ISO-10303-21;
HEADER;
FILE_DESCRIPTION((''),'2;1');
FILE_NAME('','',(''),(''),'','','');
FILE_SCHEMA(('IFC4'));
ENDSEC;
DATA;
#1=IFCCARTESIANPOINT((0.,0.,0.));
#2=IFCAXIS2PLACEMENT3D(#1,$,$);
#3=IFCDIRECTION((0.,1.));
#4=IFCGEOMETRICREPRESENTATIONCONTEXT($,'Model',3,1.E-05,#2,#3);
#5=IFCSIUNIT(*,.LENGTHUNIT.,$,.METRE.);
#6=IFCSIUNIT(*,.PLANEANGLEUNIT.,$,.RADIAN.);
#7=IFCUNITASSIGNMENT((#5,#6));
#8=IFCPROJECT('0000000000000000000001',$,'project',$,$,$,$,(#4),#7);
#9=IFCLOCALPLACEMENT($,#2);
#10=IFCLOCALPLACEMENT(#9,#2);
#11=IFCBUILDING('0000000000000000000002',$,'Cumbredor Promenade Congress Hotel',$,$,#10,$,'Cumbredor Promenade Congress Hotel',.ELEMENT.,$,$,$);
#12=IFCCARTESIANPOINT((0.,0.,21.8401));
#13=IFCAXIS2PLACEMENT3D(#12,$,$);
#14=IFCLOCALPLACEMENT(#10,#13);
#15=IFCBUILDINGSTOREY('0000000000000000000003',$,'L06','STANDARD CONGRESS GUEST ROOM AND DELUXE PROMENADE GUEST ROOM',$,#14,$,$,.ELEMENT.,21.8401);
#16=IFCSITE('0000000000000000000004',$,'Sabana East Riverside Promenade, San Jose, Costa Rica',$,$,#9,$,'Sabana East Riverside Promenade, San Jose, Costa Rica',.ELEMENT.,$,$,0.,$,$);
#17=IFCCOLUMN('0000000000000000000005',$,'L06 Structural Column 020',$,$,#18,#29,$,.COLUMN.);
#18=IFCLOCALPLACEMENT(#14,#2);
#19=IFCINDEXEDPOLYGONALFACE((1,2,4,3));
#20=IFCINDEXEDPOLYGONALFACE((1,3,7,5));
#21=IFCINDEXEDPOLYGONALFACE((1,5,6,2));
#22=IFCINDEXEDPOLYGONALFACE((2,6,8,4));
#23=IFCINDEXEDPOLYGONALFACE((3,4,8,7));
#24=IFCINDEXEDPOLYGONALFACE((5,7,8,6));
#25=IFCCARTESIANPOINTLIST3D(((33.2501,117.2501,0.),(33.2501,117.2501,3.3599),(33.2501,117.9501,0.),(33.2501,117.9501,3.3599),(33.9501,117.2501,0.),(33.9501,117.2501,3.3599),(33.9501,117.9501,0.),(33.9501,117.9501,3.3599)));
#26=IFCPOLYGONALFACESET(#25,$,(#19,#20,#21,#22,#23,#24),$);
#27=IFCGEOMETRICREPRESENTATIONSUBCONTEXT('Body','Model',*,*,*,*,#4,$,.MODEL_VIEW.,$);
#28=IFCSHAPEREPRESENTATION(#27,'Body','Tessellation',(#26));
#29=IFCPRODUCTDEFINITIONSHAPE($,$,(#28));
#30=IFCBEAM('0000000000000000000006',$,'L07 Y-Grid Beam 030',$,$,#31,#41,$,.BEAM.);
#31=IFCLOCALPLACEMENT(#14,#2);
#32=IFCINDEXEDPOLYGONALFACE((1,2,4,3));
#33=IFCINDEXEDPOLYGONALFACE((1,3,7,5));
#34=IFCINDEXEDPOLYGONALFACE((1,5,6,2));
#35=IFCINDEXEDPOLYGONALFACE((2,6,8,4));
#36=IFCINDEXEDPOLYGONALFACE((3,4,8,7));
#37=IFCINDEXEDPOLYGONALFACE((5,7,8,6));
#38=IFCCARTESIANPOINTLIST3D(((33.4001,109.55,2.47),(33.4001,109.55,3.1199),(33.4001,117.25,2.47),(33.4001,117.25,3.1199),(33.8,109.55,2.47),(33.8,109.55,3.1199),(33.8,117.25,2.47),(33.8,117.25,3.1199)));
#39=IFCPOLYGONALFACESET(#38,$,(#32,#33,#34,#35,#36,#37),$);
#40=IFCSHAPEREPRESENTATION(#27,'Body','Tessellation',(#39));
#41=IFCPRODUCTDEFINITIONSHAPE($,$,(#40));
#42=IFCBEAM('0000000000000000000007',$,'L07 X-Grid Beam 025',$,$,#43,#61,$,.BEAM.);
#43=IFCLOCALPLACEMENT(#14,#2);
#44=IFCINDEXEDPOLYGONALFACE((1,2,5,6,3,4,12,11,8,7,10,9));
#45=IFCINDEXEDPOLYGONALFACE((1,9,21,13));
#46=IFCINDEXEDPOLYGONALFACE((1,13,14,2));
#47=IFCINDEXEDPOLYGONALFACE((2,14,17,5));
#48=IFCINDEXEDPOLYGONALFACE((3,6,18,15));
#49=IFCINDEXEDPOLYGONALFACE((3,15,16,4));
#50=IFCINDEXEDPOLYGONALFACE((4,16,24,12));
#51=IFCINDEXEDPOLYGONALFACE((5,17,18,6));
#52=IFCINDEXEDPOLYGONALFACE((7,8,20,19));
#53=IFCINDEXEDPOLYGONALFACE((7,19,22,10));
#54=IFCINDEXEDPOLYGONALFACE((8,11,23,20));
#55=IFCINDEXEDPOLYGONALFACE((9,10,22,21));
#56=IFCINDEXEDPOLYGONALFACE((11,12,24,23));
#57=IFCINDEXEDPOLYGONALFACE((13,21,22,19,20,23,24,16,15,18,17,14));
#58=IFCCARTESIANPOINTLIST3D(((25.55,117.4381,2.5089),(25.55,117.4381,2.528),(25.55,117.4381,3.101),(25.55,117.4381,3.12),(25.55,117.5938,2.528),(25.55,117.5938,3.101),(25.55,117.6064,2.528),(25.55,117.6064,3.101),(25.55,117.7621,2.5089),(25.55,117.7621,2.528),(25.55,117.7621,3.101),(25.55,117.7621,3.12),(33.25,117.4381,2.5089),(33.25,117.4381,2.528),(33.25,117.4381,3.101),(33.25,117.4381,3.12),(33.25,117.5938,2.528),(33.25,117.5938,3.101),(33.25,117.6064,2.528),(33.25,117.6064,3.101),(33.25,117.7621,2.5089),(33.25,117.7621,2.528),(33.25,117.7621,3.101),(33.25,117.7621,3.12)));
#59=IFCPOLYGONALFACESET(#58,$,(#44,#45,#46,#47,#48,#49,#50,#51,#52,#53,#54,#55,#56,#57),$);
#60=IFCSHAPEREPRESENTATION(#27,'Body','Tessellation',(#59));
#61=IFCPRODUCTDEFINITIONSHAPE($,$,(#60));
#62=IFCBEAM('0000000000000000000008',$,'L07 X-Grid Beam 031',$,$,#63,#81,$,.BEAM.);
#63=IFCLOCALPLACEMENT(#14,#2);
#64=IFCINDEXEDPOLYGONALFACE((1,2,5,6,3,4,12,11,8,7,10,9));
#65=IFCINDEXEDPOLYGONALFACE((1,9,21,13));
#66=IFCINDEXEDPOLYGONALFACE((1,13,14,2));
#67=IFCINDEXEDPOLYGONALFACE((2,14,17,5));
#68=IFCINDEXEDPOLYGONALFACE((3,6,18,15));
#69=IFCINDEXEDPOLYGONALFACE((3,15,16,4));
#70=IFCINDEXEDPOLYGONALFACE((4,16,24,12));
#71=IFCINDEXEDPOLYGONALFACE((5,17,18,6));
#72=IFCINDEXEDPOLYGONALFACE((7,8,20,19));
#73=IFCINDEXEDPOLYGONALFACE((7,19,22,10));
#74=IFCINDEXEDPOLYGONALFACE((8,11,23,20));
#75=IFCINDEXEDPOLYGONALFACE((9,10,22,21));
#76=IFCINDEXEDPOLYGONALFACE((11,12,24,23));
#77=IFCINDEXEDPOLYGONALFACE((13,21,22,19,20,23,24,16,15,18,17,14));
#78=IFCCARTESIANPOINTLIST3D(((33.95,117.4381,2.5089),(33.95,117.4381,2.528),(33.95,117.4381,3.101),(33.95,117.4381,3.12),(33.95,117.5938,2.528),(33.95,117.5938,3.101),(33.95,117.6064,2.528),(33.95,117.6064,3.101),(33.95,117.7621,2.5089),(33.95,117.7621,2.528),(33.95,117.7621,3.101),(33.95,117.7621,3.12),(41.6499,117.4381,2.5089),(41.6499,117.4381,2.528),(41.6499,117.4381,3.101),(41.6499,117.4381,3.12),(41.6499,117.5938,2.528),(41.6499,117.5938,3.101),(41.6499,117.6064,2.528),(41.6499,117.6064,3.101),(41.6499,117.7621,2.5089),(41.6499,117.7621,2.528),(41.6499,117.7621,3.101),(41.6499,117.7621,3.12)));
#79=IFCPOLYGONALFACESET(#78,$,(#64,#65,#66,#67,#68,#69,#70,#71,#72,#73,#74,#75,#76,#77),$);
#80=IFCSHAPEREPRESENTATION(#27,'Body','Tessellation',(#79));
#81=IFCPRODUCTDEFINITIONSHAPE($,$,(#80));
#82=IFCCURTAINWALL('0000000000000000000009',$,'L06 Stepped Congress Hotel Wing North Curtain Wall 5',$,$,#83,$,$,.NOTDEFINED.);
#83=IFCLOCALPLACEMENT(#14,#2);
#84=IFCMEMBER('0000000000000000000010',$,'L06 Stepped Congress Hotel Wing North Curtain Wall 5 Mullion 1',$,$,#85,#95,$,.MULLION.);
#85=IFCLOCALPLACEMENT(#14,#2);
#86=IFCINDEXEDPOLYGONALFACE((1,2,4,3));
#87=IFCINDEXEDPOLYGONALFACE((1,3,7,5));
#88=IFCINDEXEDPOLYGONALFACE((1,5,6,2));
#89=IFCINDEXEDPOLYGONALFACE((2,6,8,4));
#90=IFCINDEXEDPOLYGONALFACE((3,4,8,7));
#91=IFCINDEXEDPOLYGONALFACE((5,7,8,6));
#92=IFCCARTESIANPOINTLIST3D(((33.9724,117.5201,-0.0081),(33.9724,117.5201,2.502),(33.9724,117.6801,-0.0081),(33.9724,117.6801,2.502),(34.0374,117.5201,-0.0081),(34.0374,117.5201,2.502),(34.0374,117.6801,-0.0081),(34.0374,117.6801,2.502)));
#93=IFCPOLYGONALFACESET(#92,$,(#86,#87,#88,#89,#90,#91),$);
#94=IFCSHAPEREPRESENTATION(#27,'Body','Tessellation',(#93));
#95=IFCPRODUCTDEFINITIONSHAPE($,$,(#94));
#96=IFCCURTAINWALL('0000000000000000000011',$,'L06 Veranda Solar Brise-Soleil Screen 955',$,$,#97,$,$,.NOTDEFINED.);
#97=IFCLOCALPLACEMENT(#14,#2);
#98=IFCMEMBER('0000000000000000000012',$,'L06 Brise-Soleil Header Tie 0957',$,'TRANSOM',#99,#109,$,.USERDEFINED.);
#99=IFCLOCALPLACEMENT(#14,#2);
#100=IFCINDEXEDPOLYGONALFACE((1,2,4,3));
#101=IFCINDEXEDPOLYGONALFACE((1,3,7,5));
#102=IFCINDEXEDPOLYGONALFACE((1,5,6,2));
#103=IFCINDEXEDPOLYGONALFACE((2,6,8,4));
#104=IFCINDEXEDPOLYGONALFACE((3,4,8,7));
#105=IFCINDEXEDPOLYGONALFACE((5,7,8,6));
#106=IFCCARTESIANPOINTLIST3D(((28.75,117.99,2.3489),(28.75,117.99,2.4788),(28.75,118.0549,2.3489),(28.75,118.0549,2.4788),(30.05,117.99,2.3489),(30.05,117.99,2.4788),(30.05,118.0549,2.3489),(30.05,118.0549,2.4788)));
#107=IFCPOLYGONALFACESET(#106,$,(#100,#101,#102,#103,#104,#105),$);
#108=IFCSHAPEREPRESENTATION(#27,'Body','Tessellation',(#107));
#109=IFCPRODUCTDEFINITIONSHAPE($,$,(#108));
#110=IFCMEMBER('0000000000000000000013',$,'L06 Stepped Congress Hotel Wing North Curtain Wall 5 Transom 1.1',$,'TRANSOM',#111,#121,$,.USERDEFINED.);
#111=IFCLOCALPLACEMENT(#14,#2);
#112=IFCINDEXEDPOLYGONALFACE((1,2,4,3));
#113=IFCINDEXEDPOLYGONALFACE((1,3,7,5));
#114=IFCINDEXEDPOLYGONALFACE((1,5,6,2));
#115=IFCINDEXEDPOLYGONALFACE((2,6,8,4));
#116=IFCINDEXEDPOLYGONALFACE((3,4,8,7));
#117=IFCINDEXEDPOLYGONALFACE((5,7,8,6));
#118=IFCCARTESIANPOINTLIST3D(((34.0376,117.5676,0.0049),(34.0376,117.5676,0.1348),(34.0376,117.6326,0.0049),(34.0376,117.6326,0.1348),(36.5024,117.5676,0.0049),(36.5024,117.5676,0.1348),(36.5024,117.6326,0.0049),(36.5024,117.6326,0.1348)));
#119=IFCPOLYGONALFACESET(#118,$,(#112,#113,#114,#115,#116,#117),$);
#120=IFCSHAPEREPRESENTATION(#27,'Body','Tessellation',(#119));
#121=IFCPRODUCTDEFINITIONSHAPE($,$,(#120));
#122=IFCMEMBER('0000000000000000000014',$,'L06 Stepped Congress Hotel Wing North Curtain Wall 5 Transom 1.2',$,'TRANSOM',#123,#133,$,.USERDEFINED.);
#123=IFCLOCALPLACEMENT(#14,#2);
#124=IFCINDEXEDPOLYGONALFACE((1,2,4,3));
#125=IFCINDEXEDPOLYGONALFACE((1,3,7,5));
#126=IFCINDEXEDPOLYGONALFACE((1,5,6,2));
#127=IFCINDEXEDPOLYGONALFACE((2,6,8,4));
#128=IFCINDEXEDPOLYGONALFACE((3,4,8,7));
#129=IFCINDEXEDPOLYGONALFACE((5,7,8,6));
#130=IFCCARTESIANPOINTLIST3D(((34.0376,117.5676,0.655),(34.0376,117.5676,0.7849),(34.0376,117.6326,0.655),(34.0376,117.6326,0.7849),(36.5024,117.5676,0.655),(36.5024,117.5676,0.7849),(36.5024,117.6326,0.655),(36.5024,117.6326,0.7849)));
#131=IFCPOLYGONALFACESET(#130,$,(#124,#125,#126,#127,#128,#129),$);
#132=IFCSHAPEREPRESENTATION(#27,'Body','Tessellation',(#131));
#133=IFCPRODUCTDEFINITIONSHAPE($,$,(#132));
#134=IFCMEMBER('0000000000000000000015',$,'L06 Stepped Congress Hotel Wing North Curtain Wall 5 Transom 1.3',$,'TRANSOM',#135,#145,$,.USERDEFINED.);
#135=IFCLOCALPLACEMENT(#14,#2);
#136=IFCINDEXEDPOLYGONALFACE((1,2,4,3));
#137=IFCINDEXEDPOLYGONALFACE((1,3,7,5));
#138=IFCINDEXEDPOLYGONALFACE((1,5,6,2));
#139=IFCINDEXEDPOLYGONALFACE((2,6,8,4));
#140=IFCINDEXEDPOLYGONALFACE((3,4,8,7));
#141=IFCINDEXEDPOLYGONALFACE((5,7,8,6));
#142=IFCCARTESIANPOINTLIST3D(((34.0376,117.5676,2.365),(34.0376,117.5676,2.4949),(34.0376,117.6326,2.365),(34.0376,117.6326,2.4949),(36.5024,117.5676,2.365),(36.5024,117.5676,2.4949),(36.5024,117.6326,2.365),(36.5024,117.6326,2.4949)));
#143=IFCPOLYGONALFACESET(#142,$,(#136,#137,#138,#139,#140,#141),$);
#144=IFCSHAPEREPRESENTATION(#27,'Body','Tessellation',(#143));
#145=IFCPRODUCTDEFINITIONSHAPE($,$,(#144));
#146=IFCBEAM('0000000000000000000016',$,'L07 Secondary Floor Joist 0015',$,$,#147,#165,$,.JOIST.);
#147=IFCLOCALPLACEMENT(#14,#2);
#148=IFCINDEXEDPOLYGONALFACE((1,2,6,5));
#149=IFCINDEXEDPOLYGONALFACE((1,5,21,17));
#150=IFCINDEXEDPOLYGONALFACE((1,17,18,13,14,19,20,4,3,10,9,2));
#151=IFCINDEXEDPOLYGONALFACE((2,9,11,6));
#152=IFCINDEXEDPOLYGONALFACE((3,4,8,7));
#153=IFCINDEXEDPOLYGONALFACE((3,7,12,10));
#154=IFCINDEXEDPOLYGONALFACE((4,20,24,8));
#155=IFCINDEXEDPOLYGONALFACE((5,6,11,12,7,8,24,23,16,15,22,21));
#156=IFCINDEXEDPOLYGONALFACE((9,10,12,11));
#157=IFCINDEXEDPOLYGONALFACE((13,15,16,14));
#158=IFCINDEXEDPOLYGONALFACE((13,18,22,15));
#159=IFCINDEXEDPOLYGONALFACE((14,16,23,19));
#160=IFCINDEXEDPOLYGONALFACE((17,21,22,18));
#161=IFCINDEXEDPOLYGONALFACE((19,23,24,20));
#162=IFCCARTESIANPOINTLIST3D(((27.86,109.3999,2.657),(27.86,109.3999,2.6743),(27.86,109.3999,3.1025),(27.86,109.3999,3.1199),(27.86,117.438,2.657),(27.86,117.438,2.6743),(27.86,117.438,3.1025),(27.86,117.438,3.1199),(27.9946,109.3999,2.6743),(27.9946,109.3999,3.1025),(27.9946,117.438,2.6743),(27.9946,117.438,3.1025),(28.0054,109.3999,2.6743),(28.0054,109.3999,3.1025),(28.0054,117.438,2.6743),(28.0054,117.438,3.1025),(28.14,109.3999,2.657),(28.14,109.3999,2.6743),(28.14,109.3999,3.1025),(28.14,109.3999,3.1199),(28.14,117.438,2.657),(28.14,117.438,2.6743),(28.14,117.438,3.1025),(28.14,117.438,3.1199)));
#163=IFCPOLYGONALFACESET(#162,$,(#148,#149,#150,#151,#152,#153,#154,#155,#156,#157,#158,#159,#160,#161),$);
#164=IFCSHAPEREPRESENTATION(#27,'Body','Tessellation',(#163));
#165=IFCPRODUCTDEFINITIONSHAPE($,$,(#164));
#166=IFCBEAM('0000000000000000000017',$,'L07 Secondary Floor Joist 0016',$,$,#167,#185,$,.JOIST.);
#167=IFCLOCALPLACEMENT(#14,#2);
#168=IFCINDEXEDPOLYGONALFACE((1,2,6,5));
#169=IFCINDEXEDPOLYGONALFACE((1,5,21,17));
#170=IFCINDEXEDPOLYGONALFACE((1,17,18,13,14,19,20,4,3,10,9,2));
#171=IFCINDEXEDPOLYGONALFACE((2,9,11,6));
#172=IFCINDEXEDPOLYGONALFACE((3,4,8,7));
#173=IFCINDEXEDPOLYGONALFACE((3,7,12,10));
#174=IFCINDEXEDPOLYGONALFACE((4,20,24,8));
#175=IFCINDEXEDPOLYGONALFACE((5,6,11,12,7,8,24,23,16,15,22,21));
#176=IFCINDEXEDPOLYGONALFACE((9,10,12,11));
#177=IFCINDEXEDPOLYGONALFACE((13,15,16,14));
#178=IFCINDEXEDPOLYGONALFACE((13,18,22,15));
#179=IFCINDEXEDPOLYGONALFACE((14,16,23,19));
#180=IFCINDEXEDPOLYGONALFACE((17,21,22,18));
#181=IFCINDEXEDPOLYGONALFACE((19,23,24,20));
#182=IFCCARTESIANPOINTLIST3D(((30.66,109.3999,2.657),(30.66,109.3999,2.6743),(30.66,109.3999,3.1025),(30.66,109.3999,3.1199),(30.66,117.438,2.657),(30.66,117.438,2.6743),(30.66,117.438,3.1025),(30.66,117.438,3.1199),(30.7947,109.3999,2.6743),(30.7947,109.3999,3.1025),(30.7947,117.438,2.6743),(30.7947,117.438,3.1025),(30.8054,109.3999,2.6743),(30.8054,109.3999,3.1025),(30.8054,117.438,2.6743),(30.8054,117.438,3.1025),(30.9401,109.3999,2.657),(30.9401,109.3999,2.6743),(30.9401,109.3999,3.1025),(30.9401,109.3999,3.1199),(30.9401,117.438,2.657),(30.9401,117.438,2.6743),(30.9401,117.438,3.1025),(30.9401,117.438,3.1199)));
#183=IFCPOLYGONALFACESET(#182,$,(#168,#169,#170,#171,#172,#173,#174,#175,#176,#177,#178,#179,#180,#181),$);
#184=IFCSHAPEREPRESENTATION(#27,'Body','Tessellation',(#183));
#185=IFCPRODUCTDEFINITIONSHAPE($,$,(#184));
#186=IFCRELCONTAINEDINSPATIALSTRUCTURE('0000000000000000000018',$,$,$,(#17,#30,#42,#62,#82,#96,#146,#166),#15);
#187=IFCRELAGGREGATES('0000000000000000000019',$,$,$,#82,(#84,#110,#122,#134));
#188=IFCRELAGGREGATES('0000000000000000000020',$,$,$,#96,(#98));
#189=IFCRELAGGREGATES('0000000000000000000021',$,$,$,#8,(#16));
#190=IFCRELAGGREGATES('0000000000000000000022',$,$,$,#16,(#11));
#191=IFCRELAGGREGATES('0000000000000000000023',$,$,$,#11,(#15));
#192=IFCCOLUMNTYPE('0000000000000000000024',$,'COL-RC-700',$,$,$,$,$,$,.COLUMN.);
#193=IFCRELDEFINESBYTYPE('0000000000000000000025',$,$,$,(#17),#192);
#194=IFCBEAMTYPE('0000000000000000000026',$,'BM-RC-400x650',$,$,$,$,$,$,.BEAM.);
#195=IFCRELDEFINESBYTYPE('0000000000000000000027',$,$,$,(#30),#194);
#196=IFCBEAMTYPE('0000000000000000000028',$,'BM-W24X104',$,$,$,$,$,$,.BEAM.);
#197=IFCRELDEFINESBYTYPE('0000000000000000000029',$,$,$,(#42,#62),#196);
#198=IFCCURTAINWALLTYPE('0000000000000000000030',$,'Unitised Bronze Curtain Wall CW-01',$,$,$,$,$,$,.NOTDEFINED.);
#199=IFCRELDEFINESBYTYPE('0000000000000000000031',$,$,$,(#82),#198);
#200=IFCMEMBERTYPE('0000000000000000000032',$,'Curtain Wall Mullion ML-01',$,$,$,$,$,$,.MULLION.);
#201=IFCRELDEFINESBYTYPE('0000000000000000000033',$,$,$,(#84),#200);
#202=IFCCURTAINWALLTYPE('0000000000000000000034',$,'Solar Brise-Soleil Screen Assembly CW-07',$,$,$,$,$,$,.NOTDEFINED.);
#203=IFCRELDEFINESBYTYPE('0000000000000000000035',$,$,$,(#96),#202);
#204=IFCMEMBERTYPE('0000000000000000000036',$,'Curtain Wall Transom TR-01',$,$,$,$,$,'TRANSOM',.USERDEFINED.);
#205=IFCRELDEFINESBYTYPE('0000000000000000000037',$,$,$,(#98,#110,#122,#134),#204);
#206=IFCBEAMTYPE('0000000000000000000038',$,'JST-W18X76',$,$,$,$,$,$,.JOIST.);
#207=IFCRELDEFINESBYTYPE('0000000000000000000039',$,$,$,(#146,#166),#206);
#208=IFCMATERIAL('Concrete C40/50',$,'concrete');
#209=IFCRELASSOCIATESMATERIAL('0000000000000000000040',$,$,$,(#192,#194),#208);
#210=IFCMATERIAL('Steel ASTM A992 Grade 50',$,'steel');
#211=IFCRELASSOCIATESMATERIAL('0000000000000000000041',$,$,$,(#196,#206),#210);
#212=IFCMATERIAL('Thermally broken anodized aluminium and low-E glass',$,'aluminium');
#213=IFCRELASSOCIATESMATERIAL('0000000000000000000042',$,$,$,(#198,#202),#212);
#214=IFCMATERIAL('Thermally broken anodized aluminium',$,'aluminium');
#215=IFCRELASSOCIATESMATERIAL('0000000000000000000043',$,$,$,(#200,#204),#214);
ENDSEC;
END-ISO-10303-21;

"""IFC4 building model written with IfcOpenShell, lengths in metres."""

from ifc_helpers import new_model, si_unit, direction, frame, origin, origin_2d, place, context, subcontext, project, spatial, rectangle, i_section, extrude, material, material_profile, profile_set, type_object, element, aggregate, save


model = new_model("IFC4")

# Units and contexts
model_context = context("Model", 3, precision=1e-05, world=origin(), true_north=direction((0.0, 1.0)))
body_context = subcontext(model_context, "Body", "Model", "MODEL_VIEW")
ifc_project = project(units=[si_unit("LENGTHUNIT", "METRE"), si_unit("PLANEANGLEUNIT", "RADIAN")], contexts=[model_context])

# Site, building, storey
site_placement = place(None, origin())
site = spatial("IfcSite", under=ifc_project, at=site_placement, Name="Sabana East Riverside Promenade, San Jose, Costa Rica", LongName="Sabana East Riverside Promenade, San Jose, Costa Rica", CompositionType="ELEMENT", RefElevation=0.0)
building_placement = place(site_placement, origin())
building = spatial("IfcBuilding", under=site, at=building_placement, Name="Cumbredor Promenade Congress Hotel", LongName="Cumbredor Promenade Congress Hotel", CompositionType="ELEMENT")
storey_placement = place(building_placement, frame((0.0, 0.0, 21.8401)))
storey = spatial("IfcBuildingStorey", under=building, at=storey_placement, Name="L06", Description="STANDARD CONGRESS GUEST ROOM AND DELUXE PROMENADE GUEST ROOM", CompositionType="ELEMENT", Elevation=21.8401)

# Column
ifc_material_1 = material(Name="Concrete C40/50", Category="concrete")
ifc_material_profile_1 = material_profile(ifc_material_1, rectangle(XDim=0.7, YDim=0.7, at=origin_2d()), Name="RC 700x700")
ifc_profile_set_1 = profile_set([ifc_material_profile_1], Name="Concrete C40/50")
column_type = type_object("IfcColumnType", Name="COL-RC-700", PredefinedType="COLUMN", material=ifc_profile_set_1)
column_placement = place(storey_placement, frame((33.6001, 117.6001, 0.0), z_axis=(0.0, 0.0, 1.0), x_axis=(1.0, 0.0, 0.0)))
element("IfcColumn", 1, at=column_placement, inside=storey, type_object=column_type, Name="L06 Structural Column 020", PredefinedType="COLUMN", context=body_context, shape_type="SweptSolid", body=[
    extrude(rectangle(XDim=0.7, YDim=0.7, at=origin_2d()), origin(), (0.0, 0.0, 1.0), 3.3599),
])

# Beams
ifc_material_profile_2 = material_profile(ifc_material_1, rectangle(XDim=0.3999, YDim=0.6499, at=origin_2d()), Name="RC BEAM 400x650")
ifc_profile_set_2 = profile_set([ifc_material_profile_2], Name="Concrete C40/50")
beam_type_1 = type_object("IfcBeamType", Name="BM-RC-400x650", PredefinedType="BEAM", material=ifc_profile_set_2)
beam_placement = place(storey_placement, frame((33.6001, 109.55, 2.7949), z_axis=(0.0, 1.0, 0.0), x_axis=(-1.0, 0.0, 0.0)))
element("IfcBeam", 2, at=beam_placement, inside=storey, type_object=beam_type_1, Name="L07 Y-Grid Beam 030", PredefinedType="BEAM", context=body_context, shape_type="SweptSolid", body=[
    extrude(rectangle(XDim=0.3999, YDim=0.6499, at=origin_2d()), origin(), (0.0, 0.0, 1.0), 7.7),
])
ifc_material_2 = material(Name="Steel ASTM A992 Grade 50", Category="steel")
ifc_material_profile_3 = material_profile(ifc_material_2, i_section(OverallWidth=0.324, OverallDepth=0.6111, WebThickness=0.0127, FlangeThickness=0.019, at=origin_2d()), Name="W24X104")
ifc_profile_set_3 = profile_set([ifc_material_profile_3], Name="Steel ASTM A992 Grade 50")
beam_type_2 = type_object("IfcBeamType", Name="BM-W24X104", PredefinedType="BEAM", material=ifc_profile_set_3)
for number, where, z_axis, x_axis, name in (
    (3, (25.55, 117.6001, 2.8145), (1.0, 0.0, 0.0), (0.0, 1.0, 0.0), "L07 X-Grid Beam 025"),
    (4, (33.95, 117.6001, 2.8145), (1.0, 0.0, 0.0), (0.0, 1.0, 0.0), "L07 X-Grid Beam 031"),
):
    element("IfcBeam", number, at=place(storey_placement, frame(where, z_axis=z_axis, x_axis=x_axis)), inside=storey, type_object=beam_type_2, Name=name, PredefinedType="BEAM", context=body_context, shape_type="SweptSolid", body=[
        extrude(i_section(OverallWidth=0.324, OverallDepth=0.6111, WebThickness=0.0127, FlangeThickness=0.019, at=origin_2d()), origin(), (0.0, 0.0, 1.0), 7.7),
    ])

# Curtain walls, members
ifc_material_3 = material(Name="Thermally broken anodized aluminium and low-E glass", Category="aluminium")
curtain_wall_type_1 = type_object("IfcCurtainWallType", Name="Unitised Bronze Curtain Wall CW-01", PredefinedType="NOTDEFINED", material=ifc_material_3)
curtain_wall_1_placement = place(storey_placement, origin())
curtain_wall_1 = element("IfcCurtainWall", 5, at=curtain_wall_1_placement, inside=storey, type_object=curtain_wall_type_1, Name="L06 Stepped Congress Hotel Wing North Curtain Wall 5", PredefinedType="NOTDEFINED")
ifc_material_4 = material(Name="Thermally broken anodized aluminium", Category="aluminium")
ifc_material_profile_4 = material_profile(ifc_material_4, rectangle(XDim=0.0649, YDim=0.1599, at=origin_2d()), Name="ALU MULLION 65x160")
ifc_profile_set_4 = profile_set([ifc_material_profile_4], Name="Thermally broken anodized aluminium")
member_type_1 = type_object("IfcMemberType", Name="Curtain Wall Mullion ML-01", PredefinedType="MULLION", material=ifc_profile_set_4)
member_1_placement = place(storey_placement, frame((34.0049, 117.6001, -0.0081), z_axis=(0.0, 0.0, 1.0), x_axis=(1.0, 0.0, 0.0)))
member_1 = element("IfcMember", 6, at=member_1_placement, type_object=member_type_1, Name="L06 Stepped Congress Hotel Wing North Curtain Wall 5 Mullion 1", PredefinedType="MULLION", context=body_context, shape_type="SweptSolid", body=[
    extrude(rectangle(XDim=0.0649, YDim=0.1599, at=origin_2d()), origin(), (0.0, 0.0, 1.0), 2.51),
])
curtain_wall_type_2 = type_object("IfcCurtainWallType", Name="Solar Brise-Soleil Screen Assembly CW-07", PredefinedType="NOTDEFINED", material=ifc_material_3)
curtain_wall_2_placement = place(storey_placement, origin())
curtain_wall_2 = element("IfcCurtainWall", 7, at=curtain_wall_2_placement, inside=storey, type_object=curtain_wall_type_2, Name="L06 Veranda Solar Brise-Soleil Screen 955", PredefinedType="NOTDEFINED")
ifc_material_profile_5 = material_profile(ifc_material_4, rectangle(XDim=0.0649, YDim=0.1299, at=origin_2d()), Name="ALU TRANSOM 65x130")
ifc_profile_set_5 = profile_set([ifc_material_profile_5], Name="Thermally broken anodized aluminium")
member_type_2 = type_object("IfcMemberType", Name="Curtain Wall Transom TR-01", ElementType="TRANSOM", PredefinedType="USERDEFINED", material=ifc_profile_set_5)
member_2_placement = place(storey_placement, frame((28.75, 118.0225, 2.4138), z_axis=(1.0, 0.0, 0.0), x_axis=(0.0, 1.0, 0.0)))
member_2 = element("IfcMember", 8, at=member_2_placement, type_object=member_type_2, Name="L06 Brise-Soleil Header Tie 0957", ObjectType="TRANSOM", PredefinedType="USERDEFINED", context=body_context, shape_type="SweptSolid", body=[
    extrude(rectangle(XDim=0.0649, YDim=0.1299, at=origin_2d()), origin(), (0.0, 0.0, 1.0), 1.3),
])

# Members
member_3_placement = place(storey_placement, frame((34.0376, 117.6001, 0.0698), z_axis=(1.0, 0.0, 0.0), x_axis=(0.0, 1.0, 0.0)))
member_3 = element("IfcMember", 9, at=member_3_placement, type_object=member_type_2, Name="L06 Stepped Congress Hotel Wing North Curtain Wall 5 Transom 1.1", ObjectType="TRANSOM", PredefinedType="USERDEFINED", context=body_context, shape_type="SweptSolid", body=[
    extrude(rectangle(XDim=0.0649, YDim=0.1299, at=origin_2d()), origin(), (0.0, 0.0, 1.0), 2.4648),
])
member_4_placement = place(storey_placement, frame((34.0376, 117.6001, 0.72), z_axis=(1.0, 0.0, 0.0), x_axis=(0.0, 1.0, 0.0)))
member_4 = element("IfcMember", 10, at=member_4_placement, type_object=member_type_2, Name="L06 Stepped Congress Hotel Wing North Curtain Wall 5 Transom 1.2", ObjectType="TRANSOM", PredefinedType="USERDEFINED", context=body_context, shape_type="SweptSolid", body=[
    extrude(rectangle(XDim=0.0649, YDim=0.1299, at=origin_2d()), origin(), (0.0, 0.0, 1.0), 2.4648),
])
member_5_placement = place(storey_placement, frame((34.0376, 117.6001, 2.4299), z_axis=(1.0, 0.0, 0.0), x_axis=(0.0, 1.0, 0.0)))
member_5 = element("IfcMember", 11, at=member_5_placement, type_object=member_type_2, Name="L06 Stepped Congress Hotel Wing North Curtain Wall 5 Transom 1.3", ObjectType="TRANSOM", PredefinedType="USERDEFINED", context=body_context, shape_type="SweptSolid", body=[
    extrude(rectangle(XDim=0.0649, YDim=0.1299, at=origin_2d()), origin(), (0.0, 0.0, 1.0), 2.4648),
])
aggregate(curtain_wall_1, [member_1, member_3, member_4, member_5])

# Beams
ifc_material_profile_6 = material_profile(ifc_material_2, i_section(OverallWidth=0.28, OverallDepth=0.4629, WebThickness=0.0107, FlangeThickness=0.0173, at=origin_2d()), Name="W18X76")
ifc_profile_set_6 = profile_set([ifc_material_profile_6], Name="Steel ASTM A992 Grade 50")
beam_type_3 = type_object("IfcBeamType", Name="JST-W18X76", PredefinedType="JOIST", material=ifc_profile_set_6)
for number, where, z_axis, x_axis, name in (
    (12, (28.0, 109.3999, 2.8884), (0.0, 1.0, 0.0), (-1.0, 0.0, 0.0), "L07 Secondary Floor Joist 0015"),
    (13, (30.8, 109.3999, 2.8884), (0.0, 1.0, 0.0), (-1.0, 0.0, 0.0), "L07 Secondary Floor Joist 0016"),
):
    element("IfcBeam", number, at=place(storey_placement, frame(where, z_axis=z_axis, x_axis=x_axis)), inside=storey, type_object=beam_type_3, Name=name, PredefinedType="JOIST", context=body_context, shape_type="SweptSolid", body=[
        extrude(i_section(OverallWidth=0.28, OverallDepth=0.4629, WebThickness=0.0107, FlangeThickness=0.0173, at=origin_2d()), origin(), (0.0, 0.0, 1.0), 8.0381),
    ])

aggregate(curtain_wall_2, [member_2])

save(model, "model.ifc")
